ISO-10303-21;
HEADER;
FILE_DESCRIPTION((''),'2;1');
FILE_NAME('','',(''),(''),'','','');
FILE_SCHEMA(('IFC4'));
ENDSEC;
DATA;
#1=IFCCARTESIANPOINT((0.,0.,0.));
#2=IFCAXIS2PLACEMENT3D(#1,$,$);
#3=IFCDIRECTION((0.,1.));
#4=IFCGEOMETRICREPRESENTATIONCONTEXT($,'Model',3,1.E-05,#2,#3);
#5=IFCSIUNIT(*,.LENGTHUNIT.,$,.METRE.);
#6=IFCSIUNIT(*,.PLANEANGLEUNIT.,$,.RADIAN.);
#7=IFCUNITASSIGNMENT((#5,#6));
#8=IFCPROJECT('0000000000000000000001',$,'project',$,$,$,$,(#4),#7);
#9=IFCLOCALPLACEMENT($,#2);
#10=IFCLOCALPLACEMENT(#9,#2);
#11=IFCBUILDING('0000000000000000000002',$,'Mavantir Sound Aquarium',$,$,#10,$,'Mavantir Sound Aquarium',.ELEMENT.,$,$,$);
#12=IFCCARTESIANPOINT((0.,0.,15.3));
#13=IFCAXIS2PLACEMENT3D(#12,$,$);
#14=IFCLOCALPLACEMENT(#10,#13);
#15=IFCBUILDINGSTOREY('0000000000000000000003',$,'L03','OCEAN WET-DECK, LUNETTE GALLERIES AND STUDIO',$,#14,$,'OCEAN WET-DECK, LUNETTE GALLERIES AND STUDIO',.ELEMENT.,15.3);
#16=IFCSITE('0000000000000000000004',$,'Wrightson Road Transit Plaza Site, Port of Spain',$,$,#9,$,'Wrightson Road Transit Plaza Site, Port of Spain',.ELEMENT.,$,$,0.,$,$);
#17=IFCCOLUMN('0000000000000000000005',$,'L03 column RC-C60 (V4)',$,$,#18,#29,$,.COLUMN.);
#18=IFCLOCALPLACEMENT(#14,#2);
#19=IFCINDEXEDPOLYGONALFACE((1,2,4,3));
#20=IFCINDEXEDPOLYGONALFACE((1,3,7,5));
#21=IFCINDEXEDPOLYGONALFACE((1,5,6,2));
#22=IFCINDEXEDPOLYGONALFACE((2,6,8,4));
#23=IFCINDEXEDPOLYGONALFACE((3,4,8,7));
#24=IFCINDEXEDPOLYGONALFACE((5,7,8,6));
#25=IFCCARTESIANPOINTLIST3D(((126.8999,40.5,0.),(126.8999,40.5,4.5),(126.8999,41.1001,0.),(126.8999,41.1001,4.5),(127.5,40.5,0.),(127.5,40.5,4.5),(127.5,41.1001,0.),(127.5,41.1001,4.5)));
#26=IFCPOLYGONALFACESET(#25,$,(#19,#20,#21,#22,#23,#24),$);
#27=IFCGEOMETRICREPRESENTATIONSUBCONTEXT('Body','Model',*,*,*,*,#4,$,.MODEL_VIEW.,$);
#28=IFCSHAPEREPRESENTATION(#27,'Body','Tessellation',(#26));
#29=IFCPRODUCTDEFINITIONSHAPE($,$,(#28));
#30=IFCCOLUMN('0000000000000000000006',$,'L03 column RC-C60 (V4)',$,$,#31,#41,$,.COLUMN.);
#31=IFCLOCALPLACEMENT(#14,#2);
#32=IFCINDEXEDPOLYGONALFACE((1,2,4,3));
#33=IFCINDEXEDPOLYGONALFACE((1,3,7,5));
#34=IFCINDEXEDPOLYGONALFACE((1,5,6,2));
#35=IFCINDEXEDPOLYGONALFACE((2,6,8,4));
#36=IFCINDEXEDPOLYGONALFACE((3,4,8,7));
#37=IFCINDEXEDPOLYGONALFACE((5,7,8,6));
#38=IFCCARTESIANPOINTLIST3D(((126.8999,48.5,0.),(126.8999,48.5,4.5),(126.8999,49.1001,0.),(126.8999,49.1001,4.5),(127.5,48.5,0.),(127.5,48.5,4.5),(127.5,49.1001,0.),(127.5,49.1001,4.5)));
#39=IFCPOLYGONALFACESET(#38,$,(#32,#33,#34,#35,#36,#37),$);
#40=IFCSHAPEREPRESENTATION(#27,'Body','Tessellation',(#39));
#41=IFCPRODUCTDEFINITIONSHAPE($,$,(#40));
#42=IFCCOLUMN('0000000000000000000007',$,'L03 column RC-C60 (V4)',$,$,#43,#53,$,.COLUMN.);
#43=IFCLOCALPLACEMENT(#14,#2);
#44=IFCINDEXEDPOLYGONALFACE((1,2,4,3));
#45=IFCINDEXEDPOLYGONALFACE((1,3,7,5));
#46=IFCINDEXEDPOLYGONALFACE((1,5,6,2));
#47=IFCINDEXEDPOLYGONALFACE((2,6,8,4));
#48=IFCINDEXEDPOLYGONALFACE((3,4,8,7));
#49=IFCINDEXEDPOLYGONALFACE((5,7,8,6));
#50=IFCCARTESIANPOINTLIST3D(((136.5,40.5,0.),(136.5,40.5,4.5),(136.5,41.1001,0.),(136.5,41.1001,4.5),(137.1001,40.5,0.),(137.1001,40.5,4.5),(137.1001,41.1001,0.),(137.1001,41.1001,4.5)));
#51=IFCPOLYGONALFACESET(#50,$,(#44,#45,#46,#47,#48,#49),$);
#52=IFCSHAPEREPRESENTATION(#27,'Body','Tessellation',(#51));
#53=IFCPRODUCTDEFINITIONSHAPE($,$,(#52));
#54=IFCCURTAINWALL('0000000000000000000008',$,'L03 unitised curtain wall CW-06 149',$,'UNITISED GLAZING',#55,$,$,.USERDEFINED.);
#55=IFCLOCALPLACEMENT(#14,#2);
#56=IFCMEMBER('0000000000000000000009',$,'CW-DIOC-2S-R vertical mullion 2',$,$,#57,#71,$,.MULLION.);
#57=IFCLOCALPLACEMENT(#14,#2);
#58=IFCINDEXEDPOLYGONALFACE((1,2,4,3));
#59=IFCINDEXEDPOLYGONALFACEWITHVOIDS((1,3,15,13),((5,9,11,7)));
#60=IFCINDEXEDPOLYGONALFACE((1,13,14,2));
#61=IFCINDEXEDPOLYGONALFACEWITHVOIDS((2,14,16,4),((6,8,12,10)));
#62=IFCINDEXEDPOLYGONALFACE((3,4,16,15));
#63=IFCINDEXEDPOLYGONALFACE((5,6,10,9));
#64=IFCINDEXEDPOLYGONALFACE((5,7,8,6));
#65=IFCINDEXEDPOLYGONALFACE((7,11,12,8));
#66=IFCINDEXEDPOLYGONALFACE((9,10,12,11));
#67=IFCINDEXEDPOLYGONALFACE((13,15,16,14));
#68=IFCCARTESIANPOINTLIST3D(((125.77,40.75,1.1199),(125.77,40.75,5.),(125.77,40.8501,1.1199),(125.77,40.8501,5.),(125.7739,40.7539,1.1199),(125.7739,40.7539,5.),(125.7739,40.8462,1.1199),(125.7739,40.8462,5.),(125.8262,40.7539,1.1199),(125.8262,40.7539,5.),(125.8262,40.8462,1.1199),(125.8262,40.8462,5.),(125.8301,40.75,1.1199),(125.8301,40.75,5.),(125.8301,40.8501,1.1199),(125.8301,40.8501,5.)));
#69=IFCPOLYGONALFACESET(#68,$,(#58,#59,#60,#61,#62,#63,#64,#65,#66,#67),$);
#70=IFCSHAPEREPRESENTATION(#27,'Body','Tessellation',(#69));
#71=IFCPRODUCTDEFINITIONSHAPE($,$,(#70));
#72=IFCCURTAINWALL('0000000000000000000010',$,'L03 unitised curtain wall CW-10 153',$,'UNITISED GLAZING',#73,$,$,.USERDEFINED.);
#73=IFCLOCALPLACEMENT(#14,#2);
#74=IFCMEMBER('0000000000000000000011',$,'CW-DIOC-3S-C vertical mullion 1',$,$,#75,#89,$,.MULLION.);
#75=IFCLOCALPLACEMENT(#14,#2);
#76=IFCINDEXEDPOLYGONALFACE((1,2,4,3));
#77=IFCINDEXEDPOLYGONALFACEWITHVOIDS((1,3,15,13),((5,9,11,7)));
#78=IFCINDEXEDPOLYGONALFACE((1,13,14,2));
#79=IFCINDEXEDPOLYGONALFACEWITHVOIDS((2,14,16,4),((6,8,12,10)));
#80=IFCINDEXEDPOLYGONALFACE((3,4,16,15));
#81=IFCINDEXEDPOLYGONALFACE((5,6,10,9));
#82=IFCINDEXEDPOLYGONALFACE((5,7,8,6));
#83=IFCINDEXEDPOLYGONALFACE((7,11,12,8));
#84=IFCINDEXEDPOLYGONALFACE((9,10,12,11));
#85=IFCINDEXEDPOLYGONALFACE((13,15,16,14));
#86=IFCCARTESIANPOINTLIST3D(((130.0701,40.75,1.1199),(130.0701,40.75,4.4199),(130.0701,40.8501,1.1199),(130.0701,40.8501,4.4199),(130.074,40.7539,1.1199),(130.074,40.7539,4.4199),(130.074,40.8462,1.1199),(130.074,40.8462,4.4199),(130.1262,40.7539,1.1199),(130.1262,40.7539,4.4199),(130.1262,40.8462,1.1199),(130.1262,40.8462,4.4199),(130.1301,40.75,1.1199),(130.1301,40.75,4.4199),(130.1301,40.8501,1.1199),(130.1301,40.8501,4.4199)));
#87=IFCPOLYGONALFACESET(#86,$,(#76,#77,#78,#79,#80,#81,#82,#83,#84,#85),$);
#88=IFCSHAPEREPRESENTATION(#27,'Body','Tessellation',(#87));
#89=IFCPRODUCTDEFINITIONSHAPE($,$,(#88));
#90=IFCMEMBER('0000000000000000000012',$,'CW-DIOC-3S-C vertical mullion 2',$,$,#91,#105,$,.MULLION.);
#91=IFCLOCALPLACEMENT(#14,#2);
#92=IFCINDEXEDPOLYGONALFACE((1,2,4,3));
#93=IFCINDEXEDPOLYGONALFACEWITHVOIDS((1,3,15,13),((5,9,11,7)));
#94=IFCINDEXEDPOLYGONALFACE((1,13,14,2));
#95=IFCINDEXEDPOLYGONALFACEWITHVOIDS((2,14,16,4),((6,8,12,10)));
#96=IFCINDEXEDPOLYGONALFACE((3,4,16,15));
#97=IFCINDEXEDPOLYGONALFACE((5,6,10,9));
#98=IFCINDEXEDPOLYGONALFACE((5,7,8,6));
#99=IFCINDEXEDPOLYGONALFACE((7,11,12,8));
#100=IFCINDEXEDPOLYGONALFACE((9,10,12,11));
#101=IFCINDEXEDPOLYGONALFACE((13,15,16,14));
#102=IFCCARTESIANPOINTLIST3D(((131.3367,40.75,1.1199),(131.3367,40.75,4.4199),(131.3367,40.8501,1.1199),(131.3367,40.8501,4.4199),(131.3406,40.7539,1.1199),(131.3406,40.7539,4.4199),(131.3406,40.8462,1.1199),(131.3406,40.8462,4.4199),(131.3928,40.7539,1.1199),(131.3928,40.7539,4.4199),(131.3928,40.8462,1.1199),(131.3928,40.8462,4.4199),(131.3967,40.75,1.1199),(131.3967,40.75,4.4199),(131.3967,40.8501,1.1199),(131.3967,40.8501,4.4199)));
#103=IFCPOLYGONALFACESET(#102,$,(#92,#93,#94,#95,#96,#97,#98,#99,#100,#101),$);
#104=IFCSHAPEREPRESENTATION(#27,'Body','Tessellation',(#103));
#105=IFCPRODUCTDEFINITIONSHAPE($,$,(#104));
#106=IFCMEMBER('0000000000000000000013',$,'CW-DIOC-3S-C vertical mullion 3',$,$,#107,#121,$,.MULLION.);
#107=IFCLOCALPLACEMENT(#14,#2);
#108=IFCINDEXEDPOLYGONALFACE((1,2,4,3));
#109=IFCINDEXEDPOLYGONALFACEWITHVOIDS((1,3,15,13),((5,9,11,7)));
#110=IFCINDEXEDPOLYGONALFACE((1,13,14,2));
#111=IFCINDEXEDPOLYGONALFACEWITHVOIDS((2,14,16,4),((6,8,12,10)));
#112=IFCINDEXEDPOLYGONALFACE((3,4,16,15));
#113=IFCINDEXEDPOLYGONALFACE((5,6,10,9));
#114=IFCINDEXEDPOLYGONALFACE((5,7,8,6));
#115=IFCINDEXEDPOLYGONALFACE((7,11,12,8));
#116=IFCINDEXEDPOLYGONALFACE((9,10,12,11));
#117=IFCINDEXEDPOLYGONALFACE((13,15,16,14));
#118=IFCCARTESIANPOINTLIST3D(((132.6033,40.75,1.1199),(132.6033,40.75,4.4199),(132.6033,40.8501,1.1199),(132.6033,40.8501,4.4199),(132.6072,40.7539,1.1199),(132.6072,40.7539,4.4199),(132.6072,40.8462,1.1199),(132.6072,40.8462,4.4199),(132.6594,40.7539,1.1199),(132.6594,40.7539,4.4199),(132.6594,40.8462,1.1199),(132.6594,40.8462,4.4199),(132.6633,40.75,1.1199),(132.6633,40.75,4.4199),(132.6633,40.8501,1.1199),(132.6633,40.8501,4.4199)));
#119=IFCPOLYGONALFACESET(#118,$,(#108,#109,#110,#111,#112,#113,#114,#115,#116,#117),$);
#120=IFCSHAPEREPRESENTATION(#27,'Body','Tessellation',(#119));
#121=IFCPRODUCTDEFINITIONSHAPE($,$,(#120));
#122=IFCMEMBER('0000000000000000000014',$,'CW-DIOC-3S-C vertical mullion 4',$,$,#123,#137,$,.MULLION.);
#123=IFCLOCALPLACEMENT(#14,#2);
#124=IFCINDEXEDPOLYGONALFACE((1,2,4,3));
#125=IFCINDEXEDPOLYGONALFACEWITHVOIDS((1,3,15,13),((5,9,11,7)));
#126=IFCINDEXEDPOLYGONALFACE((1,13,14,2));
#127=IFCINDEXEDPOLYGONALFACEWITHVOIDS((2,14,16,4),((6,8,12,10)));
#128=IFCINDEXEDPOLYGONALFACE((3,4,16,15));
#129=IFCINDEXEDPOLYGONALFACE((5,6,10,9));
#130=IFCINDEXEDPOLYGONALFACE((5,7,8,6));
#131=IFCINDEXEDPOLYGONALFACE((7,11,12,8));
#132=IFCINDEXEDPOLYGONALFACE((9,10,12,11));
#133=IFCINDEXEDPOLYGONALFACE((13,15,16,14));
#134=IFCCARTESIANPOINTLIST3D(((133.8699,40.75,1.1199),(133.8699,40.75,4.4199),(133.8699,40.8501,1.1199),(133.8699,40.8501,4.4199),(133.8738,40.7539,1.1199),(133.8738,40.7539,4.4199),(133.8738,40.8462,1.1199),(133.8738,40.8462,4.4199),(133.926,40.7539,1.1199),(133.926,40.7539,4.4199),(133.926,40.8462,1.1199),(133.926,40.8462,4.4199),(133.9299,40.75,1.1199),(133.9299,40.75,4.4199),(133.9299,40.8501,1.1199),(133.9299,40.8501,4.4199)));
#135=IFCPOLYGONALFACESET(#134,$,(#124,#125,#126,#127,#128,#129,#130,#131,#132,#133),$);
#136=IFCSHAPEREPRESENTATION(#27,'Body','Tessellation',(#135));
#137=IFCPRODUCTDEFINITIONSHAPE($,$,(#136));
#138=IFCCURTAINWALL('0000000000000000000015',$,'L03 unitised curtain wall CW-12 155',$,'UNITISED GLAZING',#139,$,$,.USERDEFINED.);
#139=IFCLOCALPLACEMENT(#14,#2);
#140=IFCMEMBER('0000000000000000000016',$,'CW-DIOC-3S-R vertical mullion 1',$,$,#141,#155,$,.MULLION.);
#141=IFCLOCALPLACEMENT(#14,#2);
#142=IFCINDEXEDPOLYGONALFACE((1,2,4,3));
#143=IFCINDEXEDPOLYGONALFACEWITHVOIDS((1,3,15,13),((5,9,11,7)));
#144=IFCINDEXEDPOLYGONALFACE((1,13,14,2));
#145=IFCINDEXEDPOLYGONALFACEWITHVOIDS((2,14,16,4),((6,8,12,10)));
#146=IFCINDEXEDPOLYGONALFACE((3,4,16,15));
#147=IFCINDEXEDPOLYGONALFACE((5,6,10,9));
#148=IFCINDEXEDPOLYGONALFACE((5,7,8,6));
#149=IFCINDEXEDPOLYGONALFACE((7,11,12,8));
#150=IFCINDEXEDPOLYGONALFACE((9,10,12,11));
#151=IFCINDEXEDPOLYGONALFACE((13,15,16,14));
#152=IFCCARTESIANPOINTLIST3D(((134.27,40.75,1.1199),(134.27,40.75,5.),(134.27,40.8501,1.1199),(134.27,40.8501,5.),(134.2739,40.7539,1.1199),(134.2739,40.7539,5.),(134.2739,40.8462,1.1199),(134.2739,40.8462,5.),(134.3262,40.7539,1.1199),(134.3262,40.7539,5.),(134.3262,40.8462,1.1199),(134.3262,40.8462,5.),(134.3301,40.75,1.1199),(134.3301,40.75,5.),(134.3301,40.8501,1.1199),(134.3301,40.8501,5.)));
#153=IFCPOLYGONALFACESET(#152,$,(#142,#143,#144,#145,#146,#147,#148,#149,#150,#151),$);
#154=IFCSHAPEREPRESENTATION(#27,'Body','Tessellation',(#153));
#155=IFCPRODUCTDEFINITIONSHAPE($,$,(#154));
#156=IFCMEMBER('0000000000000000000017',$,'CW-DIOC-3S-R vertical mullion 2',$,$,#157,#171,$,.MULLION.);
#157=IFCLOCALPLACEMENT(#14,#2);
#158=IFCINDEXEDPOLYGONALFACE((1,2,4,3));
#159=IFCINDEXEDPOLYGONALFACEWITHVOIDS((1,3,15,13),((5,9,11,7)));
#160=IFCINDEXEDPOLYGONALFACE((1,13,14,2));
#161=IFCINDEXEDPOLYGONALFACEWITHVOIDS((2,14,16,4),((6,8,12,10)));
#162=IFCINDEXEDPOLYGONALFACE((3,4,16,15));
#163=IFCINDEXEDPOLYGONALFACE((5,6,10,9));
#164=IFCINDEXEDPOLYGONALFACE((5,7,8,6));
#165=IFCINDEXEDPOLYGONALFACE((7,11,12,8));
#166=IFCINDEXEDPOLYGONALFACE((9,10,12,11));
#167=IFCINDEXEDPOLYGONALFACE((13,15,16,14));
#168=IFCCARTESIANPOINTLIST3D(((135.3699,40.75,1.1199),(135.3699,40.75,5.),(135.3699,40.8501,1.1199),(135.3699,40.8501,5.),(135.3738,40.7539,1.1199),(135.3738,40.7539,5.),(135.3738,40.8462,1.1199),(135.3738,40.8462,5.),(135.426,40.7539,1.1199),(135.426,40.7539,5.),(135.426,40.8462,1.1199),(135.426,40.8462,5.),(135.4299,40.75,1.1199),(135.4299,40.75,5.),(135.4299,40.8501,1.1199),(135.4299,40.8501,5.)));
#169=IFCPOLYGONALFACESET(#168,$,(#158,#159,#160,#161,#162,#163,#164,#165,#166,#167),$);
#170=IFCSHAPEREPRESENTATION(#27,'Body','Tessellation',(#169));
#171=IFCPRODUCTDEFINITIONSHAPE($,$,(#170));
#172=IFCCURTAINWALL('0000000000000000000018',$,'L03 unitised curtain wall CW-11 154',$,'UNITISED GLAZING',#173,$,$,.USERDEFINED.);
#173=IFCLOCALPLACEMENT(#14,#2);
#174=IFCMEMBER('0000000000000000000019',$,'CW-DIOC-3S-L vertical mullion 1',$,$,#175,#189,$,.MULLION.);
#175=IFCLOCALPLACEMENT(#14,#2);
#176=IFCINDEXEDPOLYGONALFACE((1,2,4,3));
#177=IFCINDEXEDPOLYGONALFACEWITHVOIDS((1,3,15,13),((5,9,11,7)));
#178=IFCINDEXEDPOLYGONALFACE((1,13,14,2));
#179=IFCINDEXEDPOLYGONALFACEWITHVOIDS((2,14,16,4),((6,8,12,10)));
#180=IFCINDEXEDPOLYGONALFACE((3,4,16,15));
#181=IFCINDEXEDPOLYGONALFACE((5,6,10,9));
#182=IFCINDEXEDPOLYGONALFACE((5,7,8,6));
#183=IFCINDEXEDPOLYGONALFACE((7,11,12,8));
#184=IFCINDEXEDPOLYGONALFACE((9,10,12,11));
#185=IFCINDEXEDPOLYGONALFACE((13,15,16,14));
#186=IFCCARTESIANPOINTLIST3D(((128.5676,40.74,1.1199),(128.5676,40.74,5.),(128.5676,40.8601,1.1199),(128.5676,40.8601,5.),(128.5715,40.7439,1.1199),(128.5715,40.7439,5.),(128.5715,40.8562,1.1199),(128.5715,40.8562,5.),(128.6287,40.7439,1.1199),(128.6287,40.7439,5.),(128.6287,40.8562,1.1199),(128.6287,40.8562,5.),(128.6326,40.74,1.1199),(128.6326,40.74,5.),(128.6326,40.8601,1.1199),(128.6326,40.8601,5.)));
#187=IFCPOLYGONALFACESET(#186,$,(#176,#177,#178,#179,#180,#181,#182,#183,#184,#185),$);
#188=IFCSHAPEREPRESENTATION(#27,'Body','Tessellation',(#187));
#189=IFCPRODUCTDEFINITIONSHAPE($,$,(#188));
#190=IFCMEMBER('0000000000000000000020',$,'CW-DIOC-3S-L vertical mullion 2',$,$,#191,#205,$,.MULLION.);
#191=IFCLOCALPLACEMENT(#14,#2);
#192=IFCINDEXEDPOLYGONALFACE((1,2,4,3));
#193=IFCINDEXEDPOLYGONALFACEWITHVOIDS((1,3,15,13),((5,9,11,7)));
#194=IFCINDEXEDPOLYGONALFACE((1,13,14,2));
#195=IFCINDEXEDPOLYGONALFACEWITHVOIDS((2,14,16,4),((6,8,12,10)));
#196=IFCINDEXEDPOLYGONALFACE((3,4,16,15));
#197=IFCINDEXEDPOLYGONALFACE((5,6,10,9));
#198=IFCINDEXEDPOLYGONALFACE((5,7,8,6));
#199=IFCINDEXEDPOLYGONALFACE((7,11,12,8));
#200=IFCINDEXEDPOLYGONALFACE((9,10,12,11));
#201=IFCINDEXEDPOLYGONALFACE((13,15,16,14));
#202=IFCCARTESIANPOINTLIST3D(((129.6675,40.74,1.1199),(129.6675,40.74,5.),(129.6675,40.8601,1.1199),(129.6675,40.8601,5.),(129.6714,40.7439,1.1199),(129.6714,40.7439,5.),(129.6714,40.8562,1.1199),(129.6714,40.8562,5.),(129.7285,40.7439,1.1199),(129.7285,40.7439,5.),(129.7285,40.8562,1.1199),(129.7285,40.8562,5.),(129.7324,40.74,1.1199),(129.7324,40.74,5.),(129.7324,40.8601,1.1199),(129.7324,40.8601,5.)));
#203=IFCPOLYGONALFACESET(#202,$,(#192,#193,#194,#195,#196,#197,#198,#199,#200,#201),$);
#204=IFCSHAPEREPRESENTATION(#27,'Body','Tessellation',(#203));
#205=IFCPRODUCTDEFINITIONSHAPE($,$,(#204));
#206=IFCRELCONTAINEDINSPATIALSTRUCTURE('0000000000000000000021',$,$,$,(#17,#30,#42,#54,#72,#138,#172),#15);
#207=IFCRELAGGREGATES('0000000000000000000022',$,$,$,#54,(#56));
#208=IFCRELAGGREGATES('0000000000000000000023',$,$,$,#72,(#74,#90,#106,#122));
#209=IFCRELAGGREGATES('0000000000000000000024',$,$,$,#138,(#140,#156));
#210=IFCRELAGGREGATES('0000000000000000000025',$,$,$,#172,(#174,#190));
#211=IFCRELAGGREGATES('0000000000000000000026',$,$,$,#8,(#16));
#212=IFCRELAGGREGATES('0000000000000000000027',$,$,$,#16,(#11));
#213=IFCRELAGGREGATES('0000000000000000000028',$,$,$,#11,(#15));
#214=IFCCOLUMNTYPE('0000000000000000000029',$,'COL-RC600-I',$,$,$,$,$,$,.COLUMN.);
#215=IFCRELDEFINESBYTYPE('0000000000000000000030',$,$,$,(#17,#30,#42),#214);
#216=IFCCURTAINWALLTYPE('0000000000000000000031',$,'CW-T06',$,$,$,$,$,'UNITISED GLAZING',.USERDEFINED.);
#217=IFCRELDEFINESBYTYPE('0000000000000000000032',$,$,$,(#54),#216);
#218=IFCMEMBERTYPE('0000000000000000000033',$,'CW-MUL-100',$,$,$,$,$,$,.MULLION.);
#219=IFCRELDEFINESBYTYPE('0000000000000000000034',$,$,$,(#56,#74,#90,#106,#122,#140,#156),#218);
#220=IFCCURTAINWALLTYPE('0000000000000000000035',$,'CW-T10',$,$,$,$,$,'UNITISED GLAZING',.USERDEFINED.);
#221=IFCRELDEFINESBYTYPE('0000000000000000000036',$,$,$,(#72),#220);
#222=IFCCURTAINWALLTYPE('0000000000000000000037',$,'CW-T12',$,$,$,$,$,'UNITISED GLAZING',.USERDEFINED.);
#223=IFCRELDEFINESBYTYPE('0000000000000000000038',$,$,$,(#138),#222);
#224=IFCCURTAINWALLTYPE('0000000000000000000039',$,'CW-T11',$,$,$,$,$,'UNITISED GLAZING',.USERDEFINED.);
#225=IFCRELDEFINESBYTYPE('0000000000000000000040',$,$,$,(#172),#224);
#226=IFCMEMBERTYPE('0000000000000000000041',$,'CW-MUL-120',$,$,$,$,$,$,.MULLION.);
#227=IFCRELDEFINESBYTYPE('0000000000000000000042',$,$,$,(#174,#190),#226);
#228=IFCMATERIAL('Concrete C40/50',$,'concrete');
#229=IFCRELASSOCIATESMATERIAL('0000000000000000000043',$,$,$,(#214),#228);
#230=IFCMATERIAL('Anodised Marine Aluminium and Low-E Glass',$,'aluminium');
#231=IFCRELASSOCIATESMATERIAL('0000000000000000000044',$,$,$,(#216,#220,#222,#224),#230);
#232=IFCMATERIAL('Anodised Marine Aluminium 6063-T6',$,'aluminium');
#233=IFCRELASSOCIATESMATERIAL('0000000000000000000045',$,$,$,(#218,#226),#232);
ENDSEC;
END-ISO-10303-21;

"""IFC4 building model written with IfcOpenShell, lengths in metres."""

from ifc_helpers import new_model, si_unit, direction, frame, origin, origin_2d, place, context, subcontext, project, spatial, rectangle, hollow_rectangle, extrude, material, material_profile, profile_set, type_object, element, aggregate, save


model = new_model("IFC4")

# Units and contexts
model_context = context("Model", 3, precision=1e-05, world=origin(), true_north=direction((0.0, 1.0)))
body_context = subcontext(model_context, "Body", "Model", "MODEL_VIEW")
ifc_project = project(units=[si_unit("LENGTHUNIT", "METRE"), si_unit("PLANEANGLEUNIT", "RADIAN")], contexts=[model_context])

# Site, building, storey
site_placement = place(None, origin())
site = spatial("IfcSite", under=ifc_project, at=site_placement, Name="Wrightson Road Transit Plaza Site, Port of Spain", LongName="Wrightson Road Transit Plaza Site, Port of Spain", CompositionType="ELEMENT", RefElevation=0.0)
building_placement = place(site_placement, origin())
building = spatial("IfcBuilding", under=site, at=building_placement, Name="Mavantir Sound Aquarium", LongName="Mavantir Sound Aquarium", CompositionType="ELEMENT")
storey_placement = place(building_placement, frame((0.0, 0.0, 15.3)))
storey = spatial("IfcBuildingStorey", under=building, at=storey_placement, Name="L03", Description="OCEAN WET-DECK, LUNETTE GALLERIES AND STUDIO", LongName="OCEAN WET-DECK, LUNETTE GALLERIES AND STUDIO", CompositionType="ELEMENT", Elevation=15.3)

# Columns
ifc_material_1 = material(Name="Concrete C40/50", Category="concrete")
ifc_material_profile_1 = material_profile(ifc_material_1, rectangle(XDim=0.6001, YDim=0.6001, at=origin_2d()), Name="RC 600X600")
ifc_profile_set_1 = profile_set([ifc_material_profile_1], Name="Concrete C40/50")
column_type = type_object("IfcColumnType", Name="COL-RC600-I", PredefinedType="COLUMN", material=ifc_profile_set_1)
for number, where, z_axis, x_axis, name in (
    (1, (127.2, 40.8, 0.0), (0.0, 0.0, 1.0), (1.0, 0.0, 0.0), "L03 column RC-C60 (V4)"),
    (2, (127.2, 48.8, 0.0), (0.0, 0.0, 1.0), (1.0, 0.0, 0.0), "L03 column RC-C60 (V4)"),
    (3, (136.8, 40.8, 0.0), (0.0, 0.0, 1.0), (1.0, 0.0, 0.0), "L03 column RC-C60 (V4)"),
):
    element("IfcColumn", number, at=place(storey_placement, frame(where, z_axis=z_axis, x_axis=x_axis)), inside=storey, type_object=column_type, Name=name, PredefinedType="COLUMN", context=body_context, shape_type="SweptSolid", body=[
        extrude(rectangle(XDim=0.6001, YDim=0.6001, at=origin_2d()), origin(), (0.0, 0.0, 1.0), 4.5),
    ])

# Curtain wall, member
ifc_material_2 = material(Name="Anodised Marine Aluminium and Low-E Glass", Category="aluminium")
curtain_wall_type_1 = type_object("IfcCurtainWallType", Name="CW-T06", ElementType="UNITISED GLAZING", PredefinedType="USERDEFINED", material=ifc_material_2)
curtain_wall_1_placement = place(storey_placement, origin())
curtain_wall_1 = element("IfcCurtainWall", 4, at=curtain_wall_1_placement, inside=storey, type_object=curtain_wall_type_1, Name="L03 unitised curtain wall CW-06 149", ObjectType="UNITISED GLAZING", PredefinedType="USERDEFINED")
ifc_material_3 = material(Name="Anodised Marine Aluminium 6063-T6", Category="aluminium")
ifc_material_profile_2 = material_profile(ifc_material_3, hollow_rectangle(XDim=0.0601, YDim=0.1001, WallThickness=0.0039, at=origin_2d()), Name="ALU-MULLION-100X60")
ifc_profile_set_2 = profile_set([ifc_material_profile_2], Name="Anodised Marine Aluminium 6063-T6")
member_type_1 = type_object("IfcMemberType", Name="CW-MUL-100", PredefinedType="MULLION", material=ifc_profile_set_2)
member_1_placement = place(storey_placement, frame((125.8, 40.8, 1.1199), z_axis=(0.0, 0.0, 1.0), x_axis=(1.0, 0.0, 0.0)))
member_1 = element("IfcMember", 5, at=member_1_placement, type_object=member_type_1, Name="CW-DIOC-2S-R vertical mullion 2", PredefinedType="MULLION", context=body_context, shape_type="SweptSolid", body=[
    extrude(hollow_rectangle(XDim=0.0601, YDim=0.1001, WallThickness=0.0039, at=origin_2d()), origin(), (0.0, 0.0, 1.0), 3.8801),
])
aggregate(curtain_wall_1, [member_1])

# Curtain walls, members
curtain_wall_type_2 = type_object("IfcCurtainWallType", Name="CW-T10", ElementType="UNITISED GLAZING", PredefinedType="USERDEFINED", material=ifc_material_2)
curtain_wall_2_placement = place(storey_placement, origin())
curtain_wall_2 = element("IfcCurtainWall", 6, at=curtain_wall_2_placement, inside=storey, type_object=curtain_wall_type_2, Name="L03 unitised curtain wall CW-10 153", ObjectType="UNITISED GLAZING", PredefinedType="USERDEFINED")
member_2_placement = place(storey_placement, frame((130.1001, 40.8, 1.1199), z_axis=(0.0, 0.0, 1.0), x_axis=(1.0, 0.0, 0.0)))
member_2 = element("IfcMember", 7, at=member_2_placement, type_object=member_type_1, Name="CW-DIOC-3S-C vertical mullion 1", PredefinedType="MULLION", context=body_context, shape_type="SweptSolid", body=[
    extrude(hollow_rectangle(XDim=0.0601, YDim=0.1001, WallThickness=0.0039, at=origin_2d()), origin(), (0.0, 0.0, 1.0), 3.3),
])
member_3_placement = place(storey_placement, frame((131.3667, 40.8, 1.1199), z_axis=(0.0, 0.0, 1.0), x_axis=(1.0, 0.0, 0.0)))
member_3 = element("IfcMember", 8, at=member_3_placement, type_object=member_type_1, Name="CW-DIOC-3S-C vertical mullion 2", PredefinedType="MULLION", context=body_context, shape_type="SweptSolid", body=[
    extrude(hollow_rectangle(XDim=0.0601, YDim=0.1001, WallThickness=0.0039, at=origin_2d()), origin(), (0.0, 0.0, 1.0), 3.3),
])
member_4_placement = place(storey_placement, frame((132.6333, 40.8, 1.1199), z_axis=(0.0, 0.0, 1.0), x_axis=(1.0, 0.0, 0.0)))
member_4 = element("IfcMember", 9, at=member_4_placement, type_object=member_type_1, Name="CW-DIOC-3S-C vertical mullion 3", PredefinedType="MULLION", context=body_context, shape_type="SweptSolid", body=[
    extrude(hollow_rectangle(XDim=0.0601, YDim=0.1001, WallThickness=0.0039, at=origin_2d()), origin(), (0.0, 0.0, 1.0), 3.3),
])
member_5_placement = place(storey_placement, frame((133.8999, 40.8, 1.1199), z_axis=(0.0, 0.0, 1.0), x_axis=(1.0, 0.0, 0.0)))
member_5 = element("IfcMember", 10, at=member_5_placement, type_object=member_type_1, Name="CW-DIOC-3S-C vertical mullion 4", PredefinedType="MULLION", context=body_context, shape_type="SweptSolid", body=[
    extrude(hollow_rectangle(XDim=0.0601, YDim=0.1001, WallThickness=0.0039, at=origin_2d()), origin(), (0.0, 0.0, 1.0), 3.3),
])
curtain_wall_type_3 = type_object("IfcCurtainWallType", Name="CW-T12", ElementType="UNITISED GLAZING", PredefinedType="USERDEFINED", material=ifc_material_2)
curtain_wall_3_placement = place(storey_placement, origin())
curtain_wall_3 = element("IfcCurtainWall", 11, at=curtain_wall_3_placement, inside=storey, type_object=curtain_wall_type_3, Name="L03 unitised curtain wall CW-12 155", ObjectType="UNITISED GLAZING", PredefinedType="USERDEFINED")
member_6_placement = place(storey_placement, frame((134.3, 40.8, 1.1199), z_axis=(0.0, 0.0, 1.0), x_axis=(1.0, 0.0, 0.0)))
member_6 = element("IfcMember", 12, at=member_6_placement, type_object=member_type_1, Name="CW-DIOC-3S-R vertical mullion 1", PredefinedType="MULLION", context=body_context, shape_type="SweptSolid", body=[
    extrude(hollow_rectangle(XDim=0.0601, YDim=0.1001, WallThickness=0.0039, at=origin_2d()), origin(), (0.0, 0.0, 1.0), 3.8801),
])
member_7_placement = place(storey_placement, frame((135.3999, 40.8, 1.1199), z_axis=(0.0, 0.0, 1.0), x_axis=(1.0, 0.0, 0.0)))
member_7 = element("IfcMember", 13, at=member_7_placement, type_object=member_type_1, Name="CW-DIOC-3S-R vertical mullion 2", PredefinedType="MULLION", context=body_context, shape_type="SweptSolid", body=[
    extrude(hollow_rectangle(XDim=0.0601, YDim=0.1001, WallThickness=0.0039, at=origin_2d()), origin(), (0.0, 0.0, 1.0), 3.8801),
])
curtain_wall_type_4 = type_object("IfcCurtainWallType", Name="CW-T11", ElementType="UNITISED GLAZING", PredefinedType="USERDEFINED", material=ifc_material_2)
curtain_wall_4_placement = place(storey_placement, origin())
curtain_wall_4 = element("IfcCurtainWall", 14, at=curtain_wall_4_placement, inside=storey, type_object=curtain_wall_type_4, Name="L03 unitised curtain wall CW-11 154", ObjectType="UNITISED GLAZING", PredefinedType="USERDEFINED")
ifc_material_profile_3 = material_profile(ifc_material_3, hollow_rectangle(XDim=0.0649, YDim=0.1201, WallThickness=0.0039, at=origin_2d()), Name="ALU-MULLION-120X65")
ifc_profile_set_3 = profile_set([ifc_material_profile_3], Name="Anodised Marine Aluminium 6063-T6")
member_type_2 = type_object("IfcMemberType", Name="CW-MUL-120", PredefinedType="MULLION", material=ifc_profile_set_3)
member_8_placement = place(storey_placement, frame((128.6001, 40.8, 1.1199), z_axis=(0.0, 0.0, 1.0), x_axis=(1.0, 0.0, 0.0)))
member_8 = element("IfcMember", 15, at=member_8_placement, type_object=member_type_2, Name="CW-DIOC-3S-L vertical mullion 1", PredefinedType="MULLION", context=body_context, shape_type="SweptSolid", body=[
    extrude(hollow_rectangle(XDim=0.0649, YDim=0.1201, WallThickness=0.0039, at=origin_2d()), origin(), (0.0, 0.0, 1.0), 3.8801),
])
member_9_placement = place(storey_placement, frame((129.7, 40.8, 1.1199), z_axis=(0.0, 0.0, 1.0), x_axis=(1.0, 0.0, 0.0)))
member_9 = element("IfcMember", 16, at=member_9_placement, type_object=member_type_2, Name="CW-DIOC-3S-L vertical mullion 2", PredefinedType="MULLION", context=body_context, shape_type="SweptSolid", body=[
    extrude(hollow_rectangle(XDim=0.0649, YDim=0.1201, WallThickness=0.0039, at=origin_2d()), origin(), (0.0, 0.0, 1.0), 3.8801),
])

aggregate(curtain_wall_2, [member_2, member_3, member_4, member_5])
aggregate(curtain_wall_3, [member_6, member_7])
aggregate(curtain_wall_4, [member_8, member_9])

save(model, "model.ifc")
